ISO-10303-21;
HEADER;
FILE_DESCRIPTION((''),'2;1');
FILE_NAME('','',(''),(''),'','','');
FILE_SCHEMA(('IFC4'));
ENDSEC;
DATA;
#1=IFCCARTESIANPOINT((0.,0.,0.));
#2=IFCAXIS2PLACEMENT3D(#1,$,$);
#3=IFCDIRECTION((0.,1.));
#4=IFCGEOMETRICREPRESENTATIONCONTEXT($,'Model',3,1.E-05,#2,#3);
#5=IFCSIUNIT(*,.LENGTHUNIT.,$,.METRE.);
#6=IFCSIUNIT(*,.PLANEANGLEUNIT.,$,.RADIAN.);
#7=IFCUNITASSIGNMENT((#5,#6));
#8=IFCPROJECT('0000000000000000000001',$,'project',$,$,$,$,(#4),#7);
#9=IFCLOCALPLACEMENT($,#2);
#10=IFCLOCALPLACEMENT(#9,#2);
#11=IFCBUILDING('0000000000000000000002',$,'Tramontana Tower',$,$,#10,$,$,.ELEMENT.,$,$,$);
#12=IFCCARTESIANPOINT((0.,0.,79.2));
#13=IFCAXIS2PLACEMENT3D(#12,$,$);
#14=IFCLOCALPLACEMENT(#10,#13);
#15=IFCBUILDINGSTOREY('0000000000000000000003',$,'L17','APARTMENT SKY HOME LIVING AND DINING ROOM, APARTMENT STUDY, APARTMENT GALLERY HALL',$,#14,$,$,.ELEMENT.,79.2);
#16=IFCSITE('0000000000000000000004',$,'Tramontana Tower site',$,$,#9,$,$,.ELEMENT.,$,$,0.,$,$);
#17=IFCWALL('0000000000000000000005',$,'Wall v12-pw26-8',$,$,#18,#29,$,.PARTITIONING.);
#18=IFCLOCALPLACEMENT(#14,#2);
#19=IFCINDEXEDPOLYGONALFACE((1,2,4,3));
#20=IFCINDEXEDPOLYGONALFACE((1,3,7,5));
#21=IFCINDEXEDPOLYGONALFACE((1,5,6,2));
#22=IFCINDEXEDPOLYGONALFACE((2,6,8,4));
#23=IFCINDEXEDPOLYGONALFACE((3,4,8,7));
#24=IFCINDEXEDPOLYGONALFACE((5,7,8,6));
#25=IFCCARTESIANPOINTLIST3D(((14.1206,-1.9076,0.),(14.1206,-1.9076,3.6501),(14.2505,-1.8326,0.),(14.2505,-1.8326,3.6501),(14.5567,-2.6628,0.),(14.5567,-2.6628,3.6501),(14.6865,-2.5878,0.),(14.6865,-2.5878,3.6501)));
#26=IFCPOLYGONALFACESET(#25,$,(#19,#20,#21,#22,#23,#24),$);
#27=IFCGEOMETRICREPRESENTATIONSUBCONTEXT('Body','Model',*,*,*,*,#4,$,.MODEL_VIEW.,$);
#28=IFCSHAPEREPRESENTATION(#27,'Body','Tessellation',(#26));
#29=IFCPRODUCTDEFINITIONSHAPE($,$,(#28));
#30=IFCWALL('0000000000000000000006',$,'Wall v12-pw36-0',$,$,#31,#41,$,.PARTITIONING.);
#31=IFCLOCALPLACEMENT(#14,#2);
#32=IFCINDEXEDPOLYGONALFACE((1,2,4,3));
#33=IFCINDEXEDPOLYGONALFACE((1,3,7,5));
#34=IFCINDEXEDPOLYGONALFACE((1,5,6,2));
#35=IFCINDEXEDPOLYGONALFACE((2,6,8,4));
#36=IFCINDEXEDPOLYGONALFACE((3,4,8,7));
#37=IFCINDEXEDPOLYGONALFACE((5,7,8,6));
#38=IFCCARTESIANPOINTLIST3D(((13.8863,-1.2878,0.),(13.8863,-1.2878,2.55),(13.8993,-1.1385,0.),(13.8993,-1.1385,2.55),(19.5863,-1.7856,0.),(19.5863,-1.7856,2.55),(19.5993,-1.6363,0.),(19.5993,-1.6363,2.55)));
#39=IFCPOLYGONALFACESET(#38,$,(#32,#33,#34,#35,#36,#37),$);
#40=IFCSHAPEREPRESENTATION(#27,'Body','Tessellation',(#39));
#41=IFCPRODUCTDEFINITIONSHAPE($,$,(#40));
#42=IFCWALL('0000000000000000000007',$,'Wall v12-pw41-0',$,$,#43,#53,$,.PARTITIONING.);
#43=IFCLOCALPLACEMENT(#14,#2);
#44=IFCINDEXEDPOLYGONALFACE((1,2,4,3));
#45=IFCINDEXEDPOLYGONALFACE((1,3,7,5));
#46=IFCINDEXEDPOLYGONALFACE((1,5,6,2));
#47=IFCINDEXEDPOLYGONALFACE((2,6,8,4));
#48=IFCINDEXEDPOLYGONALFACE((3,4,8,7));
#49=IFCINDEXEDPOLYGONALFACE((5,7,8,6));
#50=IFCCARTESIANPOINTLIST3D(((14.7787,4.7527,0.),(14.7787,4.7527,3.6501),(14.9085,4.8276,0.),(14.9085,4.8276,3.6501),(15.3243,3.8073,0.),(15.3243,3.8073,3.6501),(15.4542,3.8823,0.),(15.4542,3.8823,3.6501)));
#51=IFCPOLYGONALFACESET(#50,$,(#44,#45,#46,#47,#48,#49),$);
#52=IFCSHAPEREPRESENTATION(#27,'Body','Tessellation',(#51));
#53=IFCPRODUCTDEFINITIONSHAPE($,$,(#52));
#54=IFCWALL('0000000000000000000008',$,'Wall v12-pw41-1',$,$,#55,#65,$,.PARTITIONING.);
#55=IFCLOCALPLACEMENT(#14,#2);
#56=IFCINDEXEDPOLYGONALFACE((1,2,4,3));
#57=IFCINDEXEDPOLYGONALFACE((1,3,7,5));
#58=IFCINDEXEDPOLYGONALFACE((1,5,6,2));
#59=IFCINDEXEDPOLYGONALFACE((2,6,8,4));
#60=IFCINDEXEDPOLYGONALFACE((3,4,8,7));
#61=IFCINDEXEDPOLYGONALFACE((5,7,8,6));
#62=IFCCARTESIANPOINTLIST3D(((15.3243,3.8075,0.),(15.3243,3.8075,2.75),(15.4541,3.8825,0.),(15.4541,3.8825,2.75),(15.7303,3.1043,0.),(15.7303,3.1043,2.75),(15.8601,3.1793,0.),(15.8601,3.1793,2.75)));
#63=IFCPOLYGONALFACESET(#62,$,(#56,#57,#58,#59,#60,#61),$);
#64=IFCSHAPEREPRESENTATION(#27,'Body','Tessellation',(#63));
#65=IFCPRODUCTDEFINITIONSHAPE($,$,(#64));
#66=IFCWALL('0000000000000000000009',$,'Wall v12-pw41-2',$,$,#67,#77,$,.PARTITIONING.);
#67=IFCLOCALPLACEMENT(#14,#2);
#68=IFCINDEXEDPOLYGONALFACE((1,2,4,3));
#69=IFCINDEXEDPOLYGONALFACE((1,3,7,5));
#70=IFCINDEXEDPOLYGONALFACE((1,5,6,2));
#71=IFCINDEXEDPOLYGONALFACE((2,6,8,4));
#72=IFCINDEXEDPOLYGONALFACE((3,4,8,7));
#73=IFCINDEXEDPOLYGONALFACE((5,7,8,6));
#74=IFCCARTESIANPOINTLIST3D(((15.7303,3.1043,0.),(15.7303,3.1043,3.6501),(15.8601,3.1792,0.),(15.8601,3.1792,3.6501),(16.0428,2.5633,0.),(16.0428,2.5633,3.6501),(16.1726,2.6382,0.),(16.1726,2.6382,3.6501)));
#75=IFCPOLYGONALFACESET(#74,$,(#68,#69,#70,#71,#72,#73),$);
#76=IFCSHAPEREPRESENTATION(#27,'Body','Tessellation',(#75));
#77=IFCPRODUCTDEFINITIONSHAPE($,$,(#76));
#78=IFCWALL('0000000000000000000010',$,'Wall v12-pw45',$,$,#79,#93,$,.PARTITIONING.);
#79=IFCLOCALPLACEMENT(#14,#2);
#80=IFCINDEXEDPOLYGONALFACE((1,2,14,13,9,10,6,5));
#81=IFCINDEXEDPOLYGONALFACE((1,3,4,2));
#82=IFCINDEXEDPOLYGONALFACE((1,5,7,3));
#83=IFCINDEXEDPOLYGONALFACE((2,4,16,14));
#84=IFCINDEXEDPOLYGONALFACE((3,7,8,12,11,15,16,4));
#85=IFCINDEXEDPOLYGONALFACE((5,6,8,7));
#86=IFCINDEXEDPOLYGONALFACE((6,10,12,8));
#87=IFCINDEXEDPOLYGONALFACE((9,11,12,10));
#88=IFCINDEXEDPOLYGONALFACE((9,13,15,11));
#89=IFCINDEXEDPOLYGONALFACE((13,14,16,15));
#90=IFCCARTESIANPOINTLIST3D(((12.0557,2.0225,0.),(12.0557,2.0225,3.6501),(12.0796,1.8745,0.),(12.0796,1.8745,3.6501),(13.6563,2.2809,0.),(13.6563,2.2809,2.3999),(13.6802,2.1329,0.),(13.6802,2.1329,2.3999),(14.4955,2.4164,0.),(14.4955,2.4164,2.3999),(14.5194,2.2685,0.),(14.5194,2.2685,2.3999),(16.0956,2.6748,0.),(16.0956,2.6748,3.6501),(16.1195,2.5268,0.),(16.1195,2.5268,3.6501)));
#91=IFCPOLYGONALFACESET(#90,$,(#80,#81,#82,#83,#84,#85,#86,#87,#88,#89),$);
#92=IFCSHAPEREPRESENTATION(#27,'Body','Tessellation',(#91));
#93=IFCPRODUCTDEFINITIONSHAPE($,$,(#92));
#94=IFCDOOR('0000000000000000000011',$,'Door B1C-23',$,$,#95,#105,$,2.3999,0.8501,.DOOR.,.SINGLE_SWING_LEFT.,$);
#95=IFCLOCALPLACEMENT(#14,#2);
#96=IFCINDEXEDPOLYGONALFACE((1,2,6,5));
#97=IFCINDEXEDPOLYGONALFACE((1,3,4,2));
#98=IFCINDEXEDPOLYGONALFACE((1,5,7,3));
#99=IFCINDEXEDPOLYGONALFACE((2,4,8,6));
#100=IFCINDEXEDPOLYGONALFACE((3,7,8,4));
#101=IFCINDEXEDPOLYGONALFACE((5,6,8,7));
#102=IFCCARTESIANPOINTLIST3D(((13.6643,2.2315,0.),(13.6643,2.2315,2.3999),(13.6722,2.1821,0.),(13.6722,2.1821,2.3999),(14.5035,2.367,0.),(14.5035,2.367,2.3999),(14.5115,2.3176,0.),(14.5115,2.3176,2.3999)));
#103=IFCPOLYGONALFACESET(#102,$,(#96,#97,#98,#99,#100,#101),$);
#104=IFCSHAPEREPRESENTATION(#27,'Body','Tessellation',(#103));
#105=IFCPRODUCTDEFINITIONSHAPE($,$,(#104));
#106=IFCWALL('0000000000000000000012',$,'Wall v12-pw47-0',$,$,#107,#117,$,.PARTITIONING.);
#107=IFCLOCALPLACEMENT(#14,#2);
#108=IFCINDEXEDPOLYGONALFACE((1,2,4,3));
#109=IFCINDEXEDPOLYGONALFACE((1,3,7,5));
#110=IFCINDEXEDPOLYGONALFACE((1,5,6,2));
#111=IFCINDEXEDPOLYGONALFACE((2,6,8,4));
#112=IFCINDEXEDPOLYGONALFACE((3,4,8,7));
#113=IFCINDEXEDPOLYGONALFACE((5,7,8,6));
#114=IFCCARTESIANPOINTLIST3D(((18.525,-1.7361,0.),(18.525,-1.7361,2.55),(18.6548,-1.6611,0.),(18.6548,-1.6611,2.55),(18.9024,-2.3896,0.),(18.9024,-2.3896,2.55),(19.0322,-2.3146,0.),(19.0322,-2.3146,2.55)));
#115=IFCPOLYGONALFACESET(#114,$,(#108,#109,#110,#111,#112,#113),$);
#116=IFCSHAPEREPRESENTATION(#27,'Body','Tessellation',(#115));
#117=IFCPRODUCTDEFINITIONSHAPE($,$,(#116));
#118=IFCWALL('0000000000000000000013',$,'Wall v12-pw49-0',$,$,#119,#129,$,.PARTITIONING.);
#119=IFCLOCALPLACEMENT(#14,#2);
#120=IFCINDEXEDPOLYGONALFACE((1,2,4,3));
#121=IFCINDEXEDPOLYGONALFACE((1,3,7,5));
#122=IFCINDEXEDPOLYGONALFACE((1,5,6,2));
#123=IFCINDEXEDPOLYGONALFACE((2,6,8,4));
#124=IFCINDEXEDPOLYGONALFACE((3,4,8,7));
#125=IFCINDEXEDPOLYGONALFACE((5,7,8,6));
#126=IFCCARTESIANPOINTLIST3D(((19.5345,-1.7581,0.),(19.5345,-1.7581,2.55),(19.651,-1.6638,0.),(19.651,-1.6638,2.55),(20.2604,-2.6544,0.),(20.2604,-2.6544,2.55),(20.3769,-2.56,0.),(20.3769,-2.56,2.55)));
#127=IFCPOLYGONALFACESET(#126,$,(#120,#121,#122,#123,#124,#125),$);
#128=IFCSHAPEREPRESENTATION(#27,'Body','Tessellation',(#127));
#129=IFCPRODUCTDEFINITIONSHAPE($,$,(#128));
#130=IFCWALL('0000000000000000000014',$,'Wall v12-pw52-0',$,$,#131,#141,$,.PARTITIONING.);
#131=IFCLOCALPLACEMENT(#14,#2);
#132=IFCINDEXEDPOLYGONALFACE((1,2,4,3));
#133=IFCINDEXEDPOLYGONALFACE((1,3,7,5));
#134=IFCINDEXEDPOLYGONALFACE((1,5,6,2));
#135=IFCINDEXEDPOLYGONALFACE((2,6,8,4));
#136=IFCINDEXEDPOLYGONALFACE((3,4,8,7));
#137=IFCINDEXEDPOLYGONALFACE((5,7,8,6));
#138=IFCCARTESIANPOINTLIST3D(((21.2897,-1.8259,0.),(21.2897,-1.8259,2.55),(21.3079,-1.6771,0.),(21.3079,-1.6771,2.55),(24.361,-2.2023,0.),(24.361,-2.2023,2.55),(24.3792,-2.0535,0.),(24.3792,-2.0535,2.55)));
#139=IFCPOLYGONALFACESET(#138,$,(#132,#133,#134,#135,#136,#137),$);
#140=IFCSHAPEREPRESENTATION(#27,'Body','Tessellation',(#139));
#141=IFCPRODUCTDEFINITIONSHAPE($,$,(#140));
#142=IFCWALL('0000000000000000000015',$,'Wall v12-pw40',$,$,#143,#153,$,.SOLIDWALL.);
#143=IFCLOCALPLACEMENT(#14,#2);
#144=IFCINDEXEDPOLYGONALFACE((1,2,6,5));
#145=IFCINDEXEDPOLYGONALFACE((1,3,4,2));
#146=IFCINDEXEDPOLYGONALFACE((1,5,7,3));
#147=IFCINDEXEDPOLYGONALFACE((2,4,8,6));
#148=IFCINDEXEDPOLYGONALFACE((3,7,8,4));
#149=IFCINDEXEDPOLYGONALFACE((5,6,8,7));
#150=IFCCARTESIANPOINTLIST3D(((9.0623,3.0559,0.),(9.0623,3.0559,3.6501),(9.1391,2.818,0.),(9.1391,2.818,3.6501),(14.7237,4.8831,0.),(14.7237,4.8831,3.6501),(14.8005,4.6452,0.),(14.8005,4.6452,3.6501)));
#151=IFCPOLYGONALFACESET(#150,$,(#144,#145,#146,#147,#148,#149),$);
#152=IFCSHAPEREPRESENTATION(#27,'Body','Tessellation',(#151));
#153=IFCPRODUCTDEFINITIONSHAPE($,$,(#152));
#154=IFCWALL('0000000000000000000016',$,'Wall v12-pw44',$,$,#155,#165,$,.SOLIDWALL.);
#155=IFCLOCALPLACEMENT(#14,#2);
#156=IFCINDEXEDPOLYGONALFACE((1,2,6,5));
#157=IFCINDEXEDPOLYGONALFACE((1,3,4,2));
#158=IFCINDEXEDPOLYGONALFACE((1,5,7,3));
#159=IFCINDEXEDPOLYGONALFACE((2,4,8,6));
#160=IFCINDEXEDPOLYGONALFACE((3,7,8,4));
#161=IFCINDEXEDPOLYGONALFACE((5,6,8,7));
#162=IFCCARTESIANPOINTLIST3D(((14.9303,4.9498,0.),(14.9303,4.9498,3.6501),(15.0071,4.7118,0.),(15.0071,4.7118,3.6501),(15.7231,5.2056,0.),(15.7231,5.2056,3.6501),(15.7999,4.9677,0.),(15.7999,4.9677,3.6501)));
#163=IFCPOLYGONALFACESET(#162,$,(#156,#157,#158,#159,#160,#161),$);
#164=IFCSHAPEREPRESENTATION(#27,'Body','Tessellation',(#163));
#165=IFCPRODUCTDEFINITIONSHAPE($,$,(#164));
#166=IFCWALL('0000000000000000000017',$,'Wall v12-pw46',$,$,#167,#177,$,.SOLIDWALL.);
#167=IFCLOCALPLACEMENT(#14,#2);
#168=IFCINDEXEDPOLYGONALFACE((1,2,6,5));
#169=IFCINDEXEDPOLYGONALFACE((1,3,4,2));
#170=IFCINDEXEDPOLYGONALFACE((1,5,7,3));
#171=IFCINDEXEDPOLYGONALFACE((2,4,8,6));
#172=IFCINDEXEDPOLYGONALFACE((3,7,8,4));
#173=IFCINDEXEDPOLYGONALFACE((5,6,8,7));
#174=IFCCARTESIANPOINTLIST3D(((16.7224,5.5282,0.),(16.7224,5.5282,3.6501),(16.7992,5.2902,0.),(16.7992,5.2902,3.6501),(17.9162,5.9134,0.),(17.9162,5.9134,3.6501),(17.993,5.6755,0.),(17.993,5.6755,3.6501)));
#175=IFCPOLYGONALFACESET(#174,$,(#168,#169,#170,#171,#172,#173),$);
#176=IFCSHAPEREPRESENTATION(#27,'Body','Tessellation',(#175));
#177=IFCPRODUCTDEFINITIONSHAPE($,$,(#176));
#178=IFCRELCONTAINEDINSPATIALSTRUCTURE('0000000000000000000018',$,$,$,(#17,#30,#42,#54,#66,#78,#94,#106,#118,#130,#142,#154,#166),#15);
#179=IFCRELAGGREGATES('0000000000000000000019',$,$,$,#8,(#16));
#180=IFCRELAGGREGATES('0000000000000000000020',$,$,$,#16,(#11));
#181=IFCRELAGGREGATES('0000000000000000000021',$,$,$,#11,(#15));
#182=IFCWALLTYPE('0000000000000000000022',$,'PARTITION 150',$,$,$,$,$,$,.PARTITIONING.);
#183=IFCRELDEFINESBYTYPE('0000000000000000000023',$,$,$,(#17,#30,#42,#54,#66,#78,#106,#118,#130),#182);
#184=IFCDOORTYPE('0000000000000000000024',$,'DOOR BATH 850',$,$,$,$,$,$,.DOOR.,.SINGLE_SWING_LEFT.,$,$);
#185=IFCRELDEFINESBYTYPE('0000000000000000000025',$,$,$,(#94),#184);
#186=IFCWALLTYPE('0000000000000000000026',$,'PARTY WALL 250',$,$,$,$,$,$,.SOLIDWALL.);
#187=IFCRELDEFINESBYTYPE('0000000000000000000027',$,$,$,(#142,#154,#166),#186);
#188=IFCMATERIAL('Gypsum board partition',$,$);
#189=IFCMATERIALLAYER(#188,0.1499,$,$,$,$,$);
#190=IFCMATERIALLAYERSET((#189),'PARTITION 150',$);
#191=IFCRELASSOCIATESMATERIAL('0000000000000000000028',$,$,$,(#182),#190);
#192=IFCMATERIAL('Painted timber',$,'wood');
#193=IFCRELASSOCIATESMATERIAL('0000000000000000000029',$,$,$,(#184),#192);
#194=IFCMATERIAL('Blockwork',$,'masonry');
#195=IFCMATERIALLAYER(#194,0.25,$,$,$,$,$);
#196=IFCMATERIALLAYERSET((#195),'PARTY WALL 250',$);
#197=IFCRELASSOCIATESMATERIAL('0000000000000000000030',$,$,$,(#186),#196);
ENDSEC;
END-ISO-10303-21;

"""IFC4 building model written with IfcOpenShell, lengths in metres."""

from ifc_helpers import new_model, si_unit, direction, frame, frame_2d, origin, place, context, subcontext, project, spatial, rectangle, extrude, material, layer, layer_set, type_object, element, fill, save


model = new_model("IFC4")

# Units and contexts
model_context = context("Model", 3, precision=1e-05, world=origin(), true_north=direction((0.0, 1.0)))
body_context = subcontext(model_context, "Body", "Model", "MODEL_VIEW")
ifc_project = project(units=[si_unit("LENGTHUNIT", "METRE"), si_unit("PLANEANGLEUNIT", "RADIAN")], contexts=[model_context])

# Site, building, storey
site_placement = place(None, origin())
site = spatial("IfcSite", under=ifc_project, at=site_placement, Name="Tramontana Tower site", CompositionType="ELEMENT", RefElevation=0.0)
building_placement = place(site_placement, origin())
building = spatial("IfcBuilding", under=site, at=building_placement, Name="Tramontana Tower", CompositionType="ELEMENT")
storey_placement = place(building_placement, frame((0.0, 0.0, 79.2)))
storey = spatial("IfcBuildingStorey", under=building, at=storey_placement, Name="L17", Description="APARTMENT SKY HOME LIVING AND DINING ROOM, APARTMENT STUDY, APARTMENT GALLERY HALL", CompositionType="ELEMENT", Elevation=79.2)

# Shared definitions
ifc_material_1 = material(Name="Gypsum board partition")
ifc_layer_1 = layer(ifc_material_1, 0.1499)
ifc_layer_set_1 = layer_set([ifc_layer_1], Name="PARTITION 150")
wall_type_1 = type_object("IfcWallType", Name="PARTITION 150", PredefinedType="PARTITIONING", material=ifc_layer_set_1)

# Walls
wall_1_placement = place(storey_placement, frame((14.1855, -1.8701, 0.0), z_axis=(0.0, 0.0, 1.0), x_axis=(0.500054, -0.865994, 0.0)))
element("IfcWall", 1, at=wall_1_placement, inside=storey, type_object=wall_type_1, Name="Wall v12-pw26-8", PredefinedType="PARTITIONING", context=body_context, shape_type="SweptSolid", body=[
    extrude(rectangle(XDim=0.8721, YDim=0.1499, at=frame_2d((0.436, 0.0))), origin(), (0.0, 0.0, 1.0), 3.6501),
])
wall_2_placement = place(storey_placement, frame((13.8928, -1.2131, 0.0), z_axis=(0.0, 0.0, 1.0), x_axis=(0.996208, -0.087003, 0.0)))
element("IfcWall", 2, at=wall_2_placement, inside=storey, type_object=wall_type_1, Name="Wall v12-pw36-0", PredefinedType="PARTITIONING", context=body_context, shape_type="SweptSolid", body=[
    extrude(rectangle(XDim=5.7217, YDim=0.1499, at=frame_2d((2.8608, 0.0))), origin(), (0.0, 0.0, 1.0), 2.55),
])
wall_3_placement = place(storey_placement, frame((14.8435, 4.7903, 0.0), z_axis=(0.0, 0.0, 1.0), x_axis=(0.499916, -0.866074, 0.0)))
element("IfcWall", 3, at=wall_3_placement, inside=storey, type_object=wall_type_1, Name="Wall v12-pw41-0", PredefinedType="PARTITIONING", context=body_context, shape_type="SweptSolid", body=[
    extrude(rectangle(XDim=1.0916, YDim=0.1499, at=frame_2d((0.5459, 0.0))), origin(), (0.0, 0.0, 1.0), 3.6501),
])
wall_4_placement = place(storey_placement, frame((15.3892, 3.845, 0.0), z_axis=(0.0, 0.0, 1.0), x_axis=(0.500052, -0.865995, 0.0)))
element("IfcWall", 4, at=wall_4_placement, inside=storey, type_object=wall_type_1, Name="Wall v12-pw41-1", PredefinedType="PARTITIONING", context=body_context, shape_type="SweptSolid", body=[
    extrude(rectangle(XDim=0.812, YDim=0.1499, at=frame_2d((0.406, 0.0))), origin(), (0.0, 0.0, 1.0), 2.75),
])
wall_5_placement = place(storey_placement, frame((15.7952, 3.1418, 0.0), z_axis=(0.0, 0.0, 1.0), x_axis=(0.500173, -0.865925, 0.0)))
element("IfcWall", 5, at=wall_5_placement, inside=storey, type_object=wall_type_1, Name="Wall v12-pw41-2", PredefinedType="PARTITIONING", context=body_context, shape_type="SweptSolid", body=[
    extrude(rectangle(XDim=0.6248, YDim=0.1499, at=frame_2d((0.3125, 0.0))), origin(), (0.0, 0.0, 1.0), 3.6501),
])

# Wall, opening, door
wall_6_placement = place(storey_placement, frame((12.0676, 1.9485, 0.0), z_axis=(0.0, 0.0, 1.0), x_axis=(0.987213, 0.159405, 0.0)))
wall_6 = element("IfcWall", 6, at=wall_6_placement, inside=storey, type_object=wall_type_1, Name="Wall v12-pw45", PredefinedType="PARTITIONING", context=body_context, shape_type="SweptSolid", body=[
    extrude(rectangle(XDim=4.0923, YDim=0.1499, at=frame_2d((2.0461, 0.0))), origin(), (0.0, 0.0, 1.0), 3.6501),
])
opening_1_placement = place(wall_6_placement, frame((1.6213, 0.0, 0.0)))
opening_1 = element("IfcOpeningElement", 7, at=opening_1_placement, cuts=wall_6, PredefinedType="OPENING", context=body_context, shape_type="SweptSolid", body=[
    extrude(rectangle(XDim=0.8501, YDim=2.3999, at=frame_2d((0.425, 1.2))), frame((0.0, 0.085, 0.0), z_axis=(0.0, -1.0, 0.0), x_axis=(1.0, 0.0, 0.0)), (0.0, 0.0, 1.0), 0.1699),
])
ifc_material_2 = material(Name="Painted timber", Category="wood")
door_type_1 = type_object("IfcDoorType", Name="DOOR BATH 850", OperationType="SINGLE_SWING_LEFT", PredefinedType="DOOR", material=ifc_material_2)
door_1_placement = place(opening_1_placement, origin())
door_1 = element("IfcDoor", 8, at=door_1_placement, inside=storey, type_object=door_type_1, Name="Door B1C-23", OperationType="SINGLE_SWING_LEFT", OverallHeight=2.3999, OverallWidth=0.8501, PredefinedType="DOOR", context=body_context, shape_type="SweptSolid", body=[
    extrude(rectangle(XDim=0.8501, YDim=2.3999, at=frame_2d((0.425, 1.2))), frame((0.0, 0.0249, 0.0), z_axis=(0.0, -1.0, 0.0), x_axis=(1.0, 0.0, 0.0)), (0.0, 0.0, 1.0), 0.05),
])
fill(opening_1, door_1)

# Walls
wall_7_placement = place(storey_placement, frame((18.5898, -1.6985, 0.0), z_axis=(0.0, 0.0, 1.0), x_axis=(0.500105, -0.865965, 0.0)))
element("IfcWall", 9, at=wall_7_placement, inside=storey, type_object=wall_type_1, Name="Wall v12-pw47-0", PredefinedType="PARTITIONING", context=body_context, shape_type="SweptSolid", body=[
    extrude(rectangle(XDim=0.7546, YDim=0.1499, at=frame_2d((0.3774, 0.0))), origin(), (0.0, 0.0, 1.0), 2.55),
])
wall_8_placement = place(storey_placement, frame((19.5928, -1.7109, 0.0), z_axis=(0.0, 0.0, 1.0), x_axis=(0.629357, -0.777117, 0.0)))
element("IfcWall", 10, at=wall_8_placement, inside=storey, type_object=wall_type_1, Name="Wall v12-pw49-0", PredefinedType="PARTITIONING", context=body_context, shape_type="SweptSolid", body=[
    extrude(rectangle(XDim=1.1533, YDim=0.1499, at=frame_2d((0.5767, 0.0))), origin(), (0.0, 0.0, 1.0), 2.55),
])
wall_9_placement = place(storey_placement, frame((21.2988, -1.7515, 0.0), z_axis=(0.0, 0.0, 1.0), x_axis=(0.992571, -0.121665, 0.0)))
element("IfcWall", 11, at=wall_9_placement, inside=storey, type_object=wall_type_1, Name="Wall v12-pw52-0", PredefinedType="PARTITIONING", context=body_context, shape_type="SweptSolid", body=[
    extrude(rectangle(XDim=3.0942, YDim=0.1499, at=frame_2d((1.5471, 0.0))), origin(), (0.0, 0.0, 1.0), 2.55),
])
ifc_material_3 = material(Name="Blockwork", Category="masonry")
ifc_layer_2 = layer(ifc_material_3, 0.25)
ifc_layer_set_2 = layer_set([ifc_layer_2], Name="PARTY WALL 250")
wall_type_2 = type_object("IfcWallType", Name="PARTY WALL 250", PredefinedType="SOLIDWALL", material=ifc_layer_set_2)
wall_10_placement = place(storey_placement, frame((14.7622, 4.7642, 0.0), z_axis=(0.0, 0.0, 1.0), x_axis=(-0.951665, -0.307139, 0.0)))
element("IfcWall", 12, at=wall_10_placement, inside=storey, type_object=wall_type_2, Name="Wall v12-pw40", PredefinedType="SOLIDWALL", context=body_context, shape_type="SweptSolid", body=[
    extrude(rectangle(XDim=5.949, YDim=0.25, at=frame_2d((2.9746, 0.0))), origin(), (0.0, 0.0, 1.0), 3.6501),
])
wall_11_placement = place(storey_placement, frame((15.7615, 5.0867, 0.0), z_axis=(0.0, 0.0, 1.0), x_axis=(-0.951659, -0.307157, 0.0)))
element("IfcWall", 13, at=wall_11_placement, inside=storey, type_object=wall_type_2, Name="Wall v12-pw44", PredefinedType="SOLIDWALL", context=body_context, shape_type="SweptSolid", body=[
    extrude(rectangle(XDim=0.833, YDim=0.25, at=frame_2d((0.4165, 0.0))), origin(), (0.0, 0.0, 1.0), 3.6501),
])
wall_12_placement = place(storey_placement, frame((17.9546, 5.7944, 0.0), z_axis=(0.0, 0.0, 1.0), x_axis=(-0.951676, -0.307105, 0.0)))
element("IfcWall", 14, at=wall_12_placement, inside=storey, type_object=wall_type_2, Name="Wall v12-pw46", PredefinedType="SOLIDWALL", context=body_context, shape_type="SweptSolid", body=[
    extrude(rectangle(XDim=1.2544, YDim=0.25, at=frame_2d((0.6272, 0.0))), origin(), (0.0, 0.0, 1.0), 3.6501),
])

save(model, "model.ifc")
